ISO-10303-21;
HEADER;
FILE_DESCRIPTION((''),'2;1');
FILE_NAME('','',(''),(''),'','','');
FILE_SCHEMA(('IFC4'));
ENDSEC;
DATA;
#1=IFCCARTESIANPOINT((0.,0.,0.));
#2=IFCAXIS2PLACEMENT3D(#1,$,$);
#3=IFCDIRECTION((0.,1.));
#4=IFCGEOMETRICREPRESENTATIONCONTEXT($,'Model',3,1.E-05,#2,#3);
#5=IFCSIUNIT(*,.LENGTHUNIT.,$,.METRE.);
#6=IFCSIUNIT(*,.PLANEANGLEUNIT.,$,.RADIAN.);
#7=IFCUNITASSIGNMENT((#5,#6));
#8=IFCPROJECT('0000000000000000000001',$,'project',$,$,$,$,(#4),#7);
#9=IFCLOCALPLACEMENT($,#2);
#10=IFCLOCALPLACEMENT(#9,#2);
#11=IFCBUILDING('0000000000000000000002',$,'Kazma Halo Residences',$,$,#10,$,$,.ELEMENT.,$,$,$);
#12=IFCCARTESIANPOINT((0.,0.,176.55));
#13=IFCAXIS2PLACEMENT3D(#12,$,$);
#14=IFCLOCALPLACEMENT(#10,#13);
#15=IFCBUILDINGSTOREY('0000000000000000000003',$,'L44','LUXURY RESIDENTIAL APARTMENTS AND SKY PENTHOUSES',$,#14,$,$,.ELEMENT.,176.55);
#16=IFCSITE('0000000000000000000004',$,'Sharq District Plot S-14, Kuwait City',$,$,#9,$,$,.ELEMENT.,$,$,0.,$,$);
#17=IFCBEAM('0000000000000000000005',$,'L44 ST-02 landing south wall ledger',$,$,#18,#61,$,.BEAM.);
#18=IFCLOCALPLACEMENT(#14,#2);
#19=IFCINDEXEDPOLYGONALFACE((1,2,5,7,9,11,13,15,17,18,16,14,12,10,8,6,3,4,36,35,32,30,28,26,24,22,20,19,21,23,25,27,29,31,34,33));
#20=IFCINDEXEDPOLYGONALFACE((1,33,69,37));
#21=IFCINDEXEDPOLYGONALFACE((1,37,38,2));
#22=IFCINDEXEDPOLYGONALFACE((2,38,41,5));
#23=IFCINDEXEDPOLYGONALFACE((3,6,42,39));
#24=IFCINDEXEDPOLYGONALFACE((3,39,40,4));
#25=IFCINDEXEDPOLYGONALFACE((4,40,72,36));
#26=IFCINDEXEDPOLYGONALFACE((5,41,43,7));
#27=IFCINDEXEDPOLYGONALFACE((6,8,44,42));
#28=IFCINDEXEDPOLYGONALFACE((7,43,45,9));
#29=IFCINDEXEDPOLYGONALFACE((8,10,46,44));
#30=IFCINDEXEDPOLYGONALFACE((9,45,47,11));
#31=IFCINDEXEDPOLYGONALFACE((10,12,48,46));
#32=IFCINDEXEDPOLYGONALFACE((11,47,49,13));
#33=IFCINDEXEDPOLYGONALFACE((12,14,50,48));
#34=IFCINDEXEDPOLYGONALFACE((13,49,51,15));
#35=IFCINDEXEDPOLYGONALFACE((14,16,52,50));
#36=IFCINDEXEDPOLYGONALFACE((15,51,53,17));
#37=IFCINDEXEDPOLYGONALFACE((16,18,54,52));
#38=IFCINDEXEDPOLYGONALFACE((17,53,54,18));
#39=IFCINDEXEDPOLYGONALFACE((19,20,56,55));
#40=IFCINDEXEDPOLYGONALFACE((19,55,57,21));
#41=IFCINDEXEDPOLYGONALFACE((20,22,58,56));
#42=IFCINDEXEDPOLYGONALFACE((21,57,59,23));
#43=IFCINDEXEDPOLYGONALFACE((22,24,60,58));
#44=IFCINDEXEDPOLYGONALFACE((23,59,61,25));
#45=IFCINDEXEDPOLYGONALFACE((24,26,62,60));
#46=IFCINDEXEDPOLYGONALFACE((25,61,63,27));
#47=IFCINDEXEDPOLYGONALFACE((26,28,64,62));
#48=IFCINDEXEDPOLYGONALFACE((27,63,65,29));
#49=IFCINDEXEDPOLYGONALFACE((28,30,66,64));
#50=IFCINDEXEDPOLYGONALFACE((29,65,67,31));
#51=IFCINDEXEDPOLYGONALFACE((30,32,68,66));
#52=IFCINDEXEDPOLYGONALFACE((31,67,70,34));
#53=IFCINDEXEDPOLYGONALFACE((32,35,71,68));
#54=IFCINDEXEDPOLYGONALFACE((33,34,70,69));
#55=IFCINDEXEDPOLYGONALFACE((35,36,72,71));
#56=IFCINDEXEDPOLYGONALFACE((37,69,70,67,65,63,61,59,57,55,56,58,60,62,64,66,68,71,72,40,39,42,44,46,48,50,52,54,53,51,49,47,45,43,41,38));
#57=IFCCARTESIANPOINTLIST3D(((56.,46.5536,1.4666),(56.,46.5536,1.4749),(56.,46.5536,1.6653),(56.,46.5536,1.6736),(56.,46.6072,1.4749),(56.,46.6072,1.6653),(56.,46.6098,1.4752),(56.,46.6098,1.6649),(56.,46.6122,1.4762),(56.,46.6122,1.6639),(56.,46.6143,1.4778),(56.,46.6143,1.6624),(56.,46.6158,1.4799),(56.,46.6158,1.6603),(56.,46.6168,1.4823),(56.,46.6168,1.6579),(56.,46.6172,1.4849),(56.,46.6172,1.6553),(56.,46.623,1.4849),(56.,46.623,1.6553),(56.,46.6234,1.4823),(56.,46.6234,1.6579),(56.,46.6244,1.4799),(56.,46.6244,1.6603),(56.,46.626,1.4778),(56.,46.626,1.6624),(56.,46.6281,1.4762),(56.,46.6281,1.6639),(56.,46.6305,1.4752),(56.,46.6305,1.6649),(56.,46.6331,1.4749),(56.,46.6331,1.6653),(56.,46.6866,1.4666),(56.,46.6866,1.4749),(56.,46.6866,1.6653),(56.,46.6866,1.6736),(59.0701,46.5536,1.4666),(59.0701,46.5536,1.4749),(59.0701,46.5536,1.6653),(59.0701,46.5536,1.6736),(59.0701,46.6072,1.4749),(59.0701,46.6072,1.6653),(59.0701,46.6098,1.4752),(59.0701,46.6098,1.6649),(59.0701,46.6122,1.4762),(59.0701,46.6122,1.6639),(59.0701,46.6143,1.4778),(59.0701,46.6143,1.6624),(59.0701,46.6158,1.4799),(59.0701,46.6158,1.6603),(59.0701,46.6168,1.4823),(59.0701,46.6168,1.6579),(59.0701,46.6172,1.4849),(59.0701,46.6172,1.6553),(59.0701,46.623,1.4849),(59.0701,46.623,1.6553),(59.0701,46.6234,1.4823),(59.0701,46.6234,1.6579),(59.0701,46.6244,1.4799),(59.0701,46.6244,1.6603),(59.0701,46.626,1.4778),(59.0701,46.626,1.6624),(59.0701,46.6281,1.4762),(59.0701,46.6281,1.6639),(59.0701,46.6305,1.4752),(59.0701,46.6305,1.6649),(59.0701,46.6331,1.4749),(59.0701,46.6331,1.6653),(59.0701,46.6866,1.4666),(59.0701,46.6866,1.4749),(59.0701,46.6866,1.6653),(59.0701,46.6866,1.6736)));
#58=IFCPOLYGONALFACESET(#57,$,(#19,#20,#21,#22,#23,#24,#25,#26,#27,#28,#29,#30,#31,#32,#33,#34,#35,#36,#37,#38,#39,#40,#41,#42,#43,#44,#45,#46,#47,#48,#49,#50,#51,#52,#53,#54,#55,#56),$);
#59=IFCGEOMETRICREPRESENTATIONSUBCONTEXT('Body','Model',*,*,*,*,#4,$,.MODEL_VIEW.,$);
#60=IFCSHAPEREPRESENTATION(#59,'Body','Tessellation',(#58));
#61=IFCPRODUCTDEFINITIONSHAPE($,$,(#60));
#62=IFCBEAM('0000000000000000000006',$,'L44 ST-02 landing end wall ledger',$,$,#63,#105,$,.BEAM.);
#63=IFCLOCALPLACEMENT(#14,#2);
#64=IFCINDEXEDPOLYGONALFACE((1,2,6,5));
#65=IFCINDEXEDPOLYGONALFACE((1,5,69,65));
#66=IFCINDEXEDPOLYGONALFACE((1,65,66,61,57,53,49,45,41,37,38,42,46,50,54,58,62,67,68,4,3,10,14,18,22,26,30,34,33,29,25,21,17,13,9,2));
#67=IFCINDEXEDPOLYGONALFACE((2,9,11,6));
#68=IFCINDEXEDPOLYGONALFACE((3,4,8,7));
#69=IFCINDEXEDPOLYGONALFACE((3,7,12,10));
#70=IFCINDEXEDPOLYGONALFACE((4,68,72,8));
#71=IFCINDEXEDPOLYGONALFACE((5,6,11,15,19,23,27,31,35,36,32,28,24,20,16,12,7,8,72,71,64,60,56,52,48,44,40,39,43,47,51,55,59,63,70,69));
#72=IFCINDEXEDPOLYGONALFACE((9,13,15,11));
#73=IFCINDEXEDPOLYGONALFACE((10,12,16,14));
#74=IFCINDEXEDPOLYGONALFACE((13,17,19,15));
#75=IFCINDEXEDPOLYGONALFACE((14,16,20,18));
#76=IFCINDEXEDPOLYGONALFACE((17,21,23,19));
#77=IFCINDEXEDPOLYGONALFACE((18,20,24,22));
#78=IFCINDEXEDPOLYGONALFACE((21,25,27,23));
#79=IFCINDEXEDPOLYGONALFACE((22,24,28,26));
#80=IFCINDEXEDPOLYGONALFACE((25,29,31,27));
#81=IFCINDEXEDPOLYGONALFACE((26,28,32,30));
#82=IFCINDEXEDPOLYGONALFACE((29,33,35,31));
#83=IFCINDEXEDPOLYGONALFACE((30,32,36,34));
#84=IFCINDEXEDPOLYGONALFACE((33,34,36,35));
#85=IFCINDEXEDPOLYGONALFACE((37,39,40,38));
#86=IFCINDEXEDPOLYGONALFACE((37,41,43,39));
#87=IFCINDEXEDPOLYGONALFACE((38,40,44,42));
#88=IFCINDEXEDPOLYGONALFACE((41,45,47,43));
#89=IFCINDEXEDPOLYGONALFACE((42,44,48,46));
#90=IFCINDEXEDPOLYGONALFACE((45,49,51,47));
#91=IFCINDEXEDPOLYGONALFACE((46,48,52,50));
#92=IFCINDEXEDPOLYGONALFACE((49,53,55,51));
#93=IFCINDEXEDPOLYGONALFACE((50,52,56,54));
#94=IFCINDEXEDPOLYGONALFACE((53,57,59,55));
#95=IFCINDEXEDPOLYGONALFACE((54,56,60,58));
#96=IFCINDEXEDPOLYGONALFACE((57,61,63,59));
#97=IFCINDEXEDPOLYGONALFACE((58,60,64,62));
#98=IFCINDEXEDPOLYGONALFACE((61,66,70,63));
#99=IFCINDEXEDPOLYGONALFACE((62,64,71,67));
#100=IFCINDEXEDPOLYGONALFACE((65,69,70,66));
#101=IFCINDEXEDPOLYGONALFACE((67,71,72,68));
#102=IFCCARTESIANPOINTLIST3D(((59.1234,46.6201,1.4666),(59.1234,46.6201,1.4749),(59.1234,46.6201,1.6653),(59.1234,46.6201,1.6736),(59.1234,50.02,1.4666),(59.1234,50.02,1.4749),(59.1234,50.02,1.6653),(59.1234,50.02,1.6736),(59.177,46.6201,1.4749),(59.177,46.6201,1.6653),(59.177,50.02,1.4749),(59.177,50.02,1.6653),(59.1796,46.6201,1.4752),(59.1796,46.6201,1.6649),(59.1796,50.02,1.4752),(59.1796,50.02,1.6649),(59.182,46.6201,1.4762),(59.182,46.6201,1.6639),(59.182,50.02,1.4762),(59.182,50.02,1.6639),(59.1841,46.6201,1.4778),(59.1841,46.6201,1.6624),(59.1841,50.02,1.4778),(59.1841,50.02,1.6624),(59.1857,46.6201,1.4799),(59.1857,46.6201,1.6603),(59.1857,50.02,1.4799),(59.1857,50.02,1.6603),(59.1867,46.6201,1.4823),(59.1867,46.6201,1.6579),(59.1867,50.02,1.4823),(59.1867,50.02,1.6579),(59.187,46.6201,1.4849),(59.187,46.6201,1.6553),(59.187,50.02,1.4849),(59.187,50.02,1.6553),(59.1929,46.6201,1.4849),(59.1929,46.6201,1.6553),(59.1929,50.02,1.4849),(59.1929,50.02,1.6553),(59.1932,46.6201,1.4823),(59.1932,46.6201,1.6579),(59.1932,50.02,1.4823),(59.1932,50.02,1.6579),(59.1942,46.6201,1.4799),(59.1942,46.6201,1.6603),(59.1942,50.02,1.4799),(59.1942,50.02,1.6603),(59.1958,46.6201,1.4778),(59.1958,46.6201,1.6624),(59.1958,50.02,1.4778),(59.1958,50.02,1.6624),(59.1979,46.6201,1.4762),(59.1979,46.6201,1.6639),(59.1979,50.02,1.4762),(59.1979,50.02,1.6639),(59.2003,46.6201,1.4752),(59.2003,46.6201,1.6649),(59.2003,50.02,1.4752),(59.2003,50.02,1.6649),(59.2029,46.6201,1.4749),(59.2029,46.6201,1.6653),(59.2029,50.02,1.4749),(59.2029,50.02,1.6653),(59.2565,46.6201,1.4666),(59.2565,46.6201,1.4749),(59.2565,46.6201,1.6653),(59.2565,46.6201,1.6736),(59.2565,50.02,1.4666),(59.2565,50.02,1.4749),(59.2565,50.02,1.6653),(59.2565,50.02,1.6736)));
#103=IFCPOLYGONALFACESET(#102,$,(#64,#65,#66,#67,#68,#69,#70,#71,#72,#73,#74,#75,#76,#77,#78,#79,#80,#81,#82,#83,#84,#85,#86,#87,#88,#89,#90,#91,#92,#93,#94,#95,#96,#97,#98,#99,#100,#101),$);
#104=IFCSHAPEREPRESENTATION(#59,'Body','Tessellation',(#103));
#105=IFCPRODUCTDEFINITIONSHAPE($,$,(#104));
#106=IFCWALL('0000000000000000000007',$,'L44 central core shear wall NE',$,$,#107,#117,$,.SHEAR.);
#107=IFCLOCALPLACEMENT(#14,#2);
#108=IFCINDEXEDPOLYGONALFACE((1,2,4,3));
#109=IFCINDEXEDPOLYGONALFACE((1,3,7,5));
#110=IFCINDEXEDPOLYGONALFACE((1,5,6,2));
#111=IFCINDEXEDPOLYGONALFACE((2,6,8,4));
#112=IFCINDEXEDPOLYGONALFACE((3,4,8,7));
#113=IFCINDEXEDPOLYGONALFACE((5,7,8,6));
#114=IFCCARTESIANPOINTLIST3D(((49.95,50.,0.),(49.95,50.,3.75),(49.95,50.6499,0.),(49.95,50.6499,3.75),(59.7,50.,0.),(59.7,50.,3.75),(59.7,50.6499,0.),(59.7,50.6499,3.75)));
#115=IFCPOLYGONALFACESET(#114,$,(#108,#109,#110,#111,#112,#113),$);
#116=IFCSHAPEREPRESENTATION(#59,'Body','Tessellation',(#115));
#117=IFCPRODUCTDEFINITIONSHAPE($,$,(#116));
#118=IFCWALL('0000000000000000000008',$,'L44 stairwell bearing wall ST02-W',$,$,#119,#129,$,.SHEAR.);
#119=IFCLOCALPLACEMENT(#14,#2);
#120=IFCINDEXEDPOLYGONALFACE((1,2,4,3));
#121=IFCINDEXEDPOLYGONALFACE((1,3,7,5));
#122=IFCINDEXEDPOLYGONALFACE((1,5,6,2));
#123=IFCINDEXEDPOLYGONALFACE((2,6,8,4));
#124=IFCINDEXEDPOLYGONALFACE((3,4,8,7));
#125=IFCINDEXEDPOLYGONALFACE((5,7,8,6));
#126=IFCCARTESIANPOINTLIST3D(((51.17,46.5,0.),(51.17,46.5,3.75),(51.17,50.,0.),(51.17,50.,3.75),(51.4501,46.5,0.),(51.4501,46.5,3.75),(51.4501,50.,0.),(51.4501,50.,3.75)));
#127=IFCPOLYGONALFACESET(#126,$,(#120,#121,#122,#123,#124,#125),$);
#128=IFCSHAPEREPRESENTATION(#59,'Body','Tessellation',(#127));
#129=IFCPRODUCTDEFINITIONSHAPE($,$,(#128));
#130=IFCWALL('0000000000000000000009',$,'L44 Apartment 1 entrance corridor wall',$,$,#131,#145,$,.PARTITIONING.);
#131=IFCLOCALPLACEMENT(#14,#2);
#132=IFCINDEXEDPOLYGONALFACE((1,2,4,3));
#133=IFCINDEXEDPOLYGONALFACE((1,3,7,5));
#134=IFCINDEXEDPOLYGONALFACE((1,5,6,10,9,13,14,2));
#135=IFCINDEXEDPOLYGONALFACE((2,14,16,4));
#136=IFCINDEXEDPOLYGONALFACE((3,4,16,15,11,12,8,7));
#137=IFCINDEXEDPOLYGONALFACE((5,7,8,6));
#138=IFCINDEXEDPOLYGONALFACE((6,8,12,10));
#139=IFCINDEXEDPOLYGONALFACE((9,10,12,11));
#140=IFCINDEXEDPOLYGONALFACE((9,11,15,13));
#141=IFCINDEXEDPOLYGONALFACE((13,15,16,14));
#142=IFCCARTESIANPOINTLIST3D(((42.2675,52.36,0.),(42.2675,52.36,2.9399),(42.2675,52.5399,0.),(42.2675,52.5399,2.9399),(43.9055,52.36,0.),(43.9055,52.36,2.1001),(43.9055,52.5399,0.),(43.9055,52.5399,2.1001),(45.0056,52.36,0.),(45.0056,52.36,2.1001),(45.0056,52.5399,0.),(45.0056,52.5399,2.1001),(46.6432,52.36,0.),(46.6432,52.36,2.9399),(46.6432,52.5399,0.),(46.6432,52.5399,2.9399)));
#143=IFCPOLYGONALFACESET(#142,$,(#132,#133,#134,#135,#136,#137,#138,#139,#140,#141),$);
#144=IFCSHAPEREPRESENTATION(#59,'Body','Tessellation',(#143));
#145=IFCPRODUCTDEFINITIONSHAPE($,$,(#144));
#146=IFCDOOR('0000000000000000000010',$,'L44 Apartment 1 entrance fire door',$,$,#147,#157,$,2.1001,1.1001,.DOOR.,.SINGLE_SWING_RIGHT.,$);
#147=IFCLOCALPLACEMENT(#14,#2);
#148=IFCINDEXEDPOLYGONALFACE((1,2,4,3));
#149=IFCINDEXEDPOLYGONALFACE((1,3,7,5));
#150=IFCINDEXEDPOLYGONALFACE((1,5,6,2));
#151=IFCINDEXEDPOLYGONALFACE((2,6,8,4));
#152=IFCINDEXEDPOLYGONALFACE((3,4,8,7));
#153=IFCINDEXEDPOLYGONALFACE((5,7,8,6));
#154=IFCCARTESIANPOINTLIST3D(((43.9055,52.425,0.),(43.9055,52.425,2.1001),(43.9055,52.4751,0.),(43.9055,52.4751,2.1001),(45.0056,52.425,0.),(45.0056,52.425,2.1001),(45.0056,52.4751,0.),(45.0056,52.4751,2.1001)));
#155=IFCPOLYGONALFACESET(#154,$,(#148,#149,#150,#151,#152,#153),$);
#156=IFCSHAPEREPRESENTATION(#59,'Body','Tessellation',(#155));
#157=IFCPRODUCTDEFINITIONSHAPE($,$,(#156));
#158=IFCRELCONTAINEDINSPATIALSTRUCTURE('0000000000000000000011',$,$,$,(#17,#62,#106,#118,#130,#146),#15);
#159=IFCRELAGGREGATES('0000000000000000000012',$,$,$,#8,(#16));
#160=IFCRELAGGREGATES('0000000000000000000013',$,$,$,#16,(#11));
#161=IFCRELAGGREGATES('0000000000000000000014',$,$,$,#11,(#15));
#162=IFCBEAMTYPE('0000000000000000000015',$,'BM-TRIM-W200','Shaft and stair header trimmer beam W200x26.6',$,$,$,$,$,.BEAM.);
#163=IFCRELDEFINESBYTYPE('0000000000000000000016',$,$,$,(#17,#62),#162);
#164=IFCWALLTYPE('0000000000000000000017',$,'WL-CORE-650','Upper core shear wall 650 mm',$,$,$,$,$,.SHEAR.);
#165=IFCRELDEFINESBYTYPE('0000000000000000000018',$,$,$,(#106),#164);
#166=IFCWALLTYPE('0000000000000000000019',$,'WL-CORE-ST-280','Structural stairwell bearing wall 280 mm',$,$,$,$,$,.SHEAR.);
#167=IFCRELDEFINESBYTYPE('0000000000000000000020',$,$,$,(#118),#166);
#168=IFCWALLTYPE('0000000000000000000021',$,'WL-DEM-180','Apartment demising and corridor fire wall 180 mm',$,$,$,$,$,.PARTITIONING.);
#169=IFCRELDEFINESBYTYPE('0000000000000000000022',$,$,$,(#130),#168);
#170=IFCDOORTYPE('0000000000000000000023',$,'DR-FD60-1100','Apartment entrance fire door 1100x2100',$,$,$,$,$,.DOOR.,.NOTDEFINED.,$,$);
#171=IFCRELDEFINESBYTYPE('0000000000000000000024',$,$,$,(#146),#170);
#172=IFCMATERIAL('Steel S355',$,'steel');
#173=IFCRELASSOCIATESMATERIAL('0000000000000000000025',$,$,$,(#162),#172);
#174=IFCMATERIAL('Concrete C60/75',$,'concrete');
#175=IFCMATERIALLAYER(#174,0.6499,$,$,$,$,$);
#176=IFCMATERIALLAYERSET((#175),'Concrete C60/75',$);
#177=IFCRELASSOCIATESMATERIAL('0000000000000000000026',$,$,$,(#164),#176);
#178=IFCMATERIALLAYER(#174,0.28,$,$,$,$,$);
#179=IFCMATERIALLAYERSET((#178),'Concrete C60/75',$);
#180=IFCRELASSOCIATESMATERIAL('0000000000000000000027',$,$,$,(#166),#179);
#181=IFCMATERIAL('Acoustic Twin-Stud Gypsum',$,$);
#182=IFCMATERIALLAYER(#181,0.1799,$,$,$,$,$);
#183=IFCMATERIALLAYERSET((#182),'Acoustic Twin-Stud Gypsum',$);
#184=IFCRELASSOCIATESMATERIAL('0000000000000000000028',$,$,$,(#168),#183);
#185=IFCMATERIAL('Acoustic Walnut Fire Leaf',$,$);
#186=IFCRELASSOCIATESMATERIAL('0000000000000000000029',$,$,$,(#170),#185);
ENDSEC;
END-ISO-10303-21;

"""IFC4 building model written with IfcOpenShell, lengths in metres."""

from ifc_helpers import new_model, si_unit, direction, frame, frame_2d, origin, origin_2d, place, context, subcontext, project, spatial, rectangle, i_section, extrude, material, layer, layer_set, material_profile, profile_set, type_object, element, fill, save


model = new_model("IFC4")

# Units and contexts
model_context = context("Model", 3, precision=1e-05, world=origin(), true_north=direction((0.0, 1.0)))
body_context = subcontext(model_context, "Body", "Model", "MODEL_VIEW")
ifc_project = project(units=[si_unit("LENGTHUNIT", "METRE"), si_unit("PLANEANGLEUNIT", "RADIAN")], contexts=[model_context])

# Site, building, storey
site_placement = place(None, origin())
site = spatial("IfcSite", under=ifc_project, at=site_placement, Name="Sharq District Plot S-14, Kuwait City", CompositionType="ELEMENT", RefElevation=0.0)
building_placement = place(site_placement, origin())
building = spatial("IfcBuilding", under=site, at=building_placement, Name="Kazma Halo Residences", CompositionType="ELEMENT")
storey_placement = place(building_placement, frame((0.0, 0.0, 176.55)))
storey = spatial("IfcBuildingStorey", under=building, at=storey_placement, Name="L44", Description="LUXURY RESIDENTIAL APARTMENTS AND SKY PENTHOUSES", CompositionType="ELEMENT", Elevation=176.55)

# Shared definitions
ifc_material_1 = material(Name="Steel S355", Category="steel")

# Beams
ifc_material_profile_1 = material_profile(ifc_material_1, i_section(OverallWidth=0.1331, OverallDepth=0.207, WebThickness=0.0059, FlangeThickness=0.0083, FilletRadius=0.01, at=origin_2d()), Name="W200x26.6")
ifc_profile_set_1 = profile_set([ifc_material_profile_1], Name="Steel S355")
beam_type_1 = type_object("IfcBeamType", Name="BM-TRIM-W200", Description="Shaft and stair header trimmer beam W200x26.6", PredefinedType="BEAM", material=ifc_profile_set_1)
beam_1_placement = place(storey_placement, frame((56.0, 46.6201, 1.5701), z_axis=(1.0, 0.0, 0.0), x_axis=(0.0, 1.0, 0.0)))
element("IfcBeam", 1, at=beam_1_placement, inside=storey, type_object=beam_type_1, Name="L44 ST-02 landing south wall ledger", PredefinedType="BEAM", context=body_context, shape_type="SweptSolid", body=[
    extrude(i_section(OverallWidth=0.1331, OverallDepth=0.207, WebThickness=0.0059, FlangeThickness=0.0083, FilletRadius=0.01, at=origin_2d()), origin(), (0.0, 0.0, 1.0), 3.0701),
])
beam_2_placement = place(storey_placement, frame((59.1899, 46.6201, 1.5701), z_axis=(0.0, 1.0, 0.0), x_axis=(-1.0, 0.0, 0.0)))
element("IfcBeam", 2, at=beam_2_placement, inside=storey, type_object=beam_type_1, Name="L44 ST-02 landing end wall ledger", PredefinedType="BEAM", context=body_context, shape_type="SweptSolid", body=[
    extrude(i_section(OverallWidth=0.1331, OverallDepth=0.207, WebThickness=0.0059, FlangeThickness=0.0083, FilletRadius=0.01, at=origin_2d()), origin(), (0.0, 0.0, 1.0), 3.3999),
])

# Walls
ifc_material_2 = material(Name="Concrete C60/75", Category="concrete")
ifc_layer_1 = layer(ifc_material_2, 0.6499)
ifc_layer_set_1 = layer_set([ifc_layer_1], Name="Concrete C60/75")
wall_type_1 = type_object("IfcWallType", Name="WL-CORE-650", Description="Upper core shear wall 650 mm", PredefinedType="SHEAR", material=ifc_layer_set_1)
wall_1_placement = place(storey_placement, frame((49.95, 50.325, 0.0), z_axis=(0.0, 0.0, 1.0), x_axis=(1.0, 0.0, 0.0)))
element("IfcWall", 3, at=wall_1_placement, inside=storey, type_object=wall_type_1, Name="L44 central core shear wall NE", PredefinedType="SHEAR", context=body_context, shape_type="SweptSolid", body=[
    extrude(rectangle(XDim=9.75, YDim=0.6499, at=frame_2d((4.875, 0.0))), origin(), (0.0, 0.0, 1.0), 3.75),
])
ifc_layer_2 = layer(ifc_material_2, 0.28)
ifc_layer_set_2 = layer_set([ifc_layer_2], Name="Concrete C60/75")
wall_type_2 = type_object("IfcWallType", Name="WL-CORE-ST-280", Description="Structural stairwell bearing wall 280 mm", PredefinedType="SHEAR", material=ifc_layer_set_2)
wall_2_placement = place(storey_placement, frame((51.3101, 46.5, 0.0), z_axis=(0.0, 0.0, 1.0), x_axis=(0.0, 1.0, 0.0)))
element("IfcWall", 4, at=wall_2_placement, inside=storey, type_object=wall_type_2, Name="L44 stairwell bearing wall ST02-W", PredefinedType="SHEAR", context=body_context, shape_type="SweptSolid", body=[
    extrude(rectangle(XDim=3.5, YDim=0.28, at=frame_2d((1.75, 0.0))), origin(), (0.0, 0.0, 1.0), 3.75),
])

# Wall, opening, door
ifc_material_3 = material(Name="Acoustic Twin-Stud Gypsum")
ifc_layer_3 = layer(ifc_material_3, 0.1799)
ifc_layer_set_3 = layer_set([ifc_layer_3], Name="Acoustic Twin-Stud Gypsum")
wall_type_3 = type_object("IfcWallType", Name="WL-DEM-180", Description="Apartment demising and corridor fire wall 180 mm", PredefinedType="PARTITIONING", material=ifc_layer_set_3)
wall_3_placement = place(storey_placement, frame((46.6433, 52.45, 0.0), z_axis=(0.0, 0.0, 1.0), x_axis=(-1.0, 0.0, 0.0)))
wall_3 = element("IfcWall", 5, at=wall_3_placement, inside=storey, type_object=wall_type_3, Name="L44 Apartment 1 entrance corridor wall", PredefinedType="PARTITIONING", context=body_context, shape_type="SweptSolid", body=[
    extrude(rectangle(XDim=4.3757, YDim=0.1799, at=frame_2d((2.188, 0.0))), origin(), (0.0, 0.0, 1.0), 2.9399),
])
opening_1_placement = place(wall_3_placement, frame((1.6377, 0.0, 0.0)))
opening_1 = element("IfcOpeningElement", 6, at=opening_1_placement, cuts=wall_3, PredefinedType="OPENING", context=body_context, shape_type="SweptSolid", body=[
    extrude(rectangle(XDim=1.1001, YDim=2.1001, at=frame_2d((0.55, 1.05))), frame((0.0, 0.0999, 0.0), z_axis=(0.0, -1.0, 0.0), x_axis=(1.0, 0.0, 0.0)), (0.0, 0.0, 1.0), 0.2),
])
ifc_material_4 = material(Name="Acoustic Walnut Fire Leaf")
door_type_1 = type_object("IfcDoorType", Name="DR-FD60-1100", Description="Apartment entrance fire door 1100x2100", OperationType="NOTDEFINED", PredefinedType="DOOR", material=ifc_material_4)
door_1_placement = place(opening_1_placement, origin())
door_1 = element("IfcDoor", 7, at=door_1_placement, inside=storey, type_object=door_type_1, Name="L44 Apartment 1 entrance fire door", OperationType="SINGLE_SWING_RIGHT", OverallHeight=2.1001, OverallWidth=1.1001, PredefinedType="DOOR", context=body_context, shape_type="SweptSolid", body=[
    extrude(rectangle(XDim=1.1001, YDim=2.1001, at=frame_2d((0.55, 1.05))), frame((0.0, 0.0249, 0.0), z_axis=(0.0, -1.0, 0.0), x_axis=(1.0, 0.0, 0.0)), (0.0, 0.0, 1.0), 0.05),
])
fill(opening_1, door_1)

save(model, "model.ifc")
